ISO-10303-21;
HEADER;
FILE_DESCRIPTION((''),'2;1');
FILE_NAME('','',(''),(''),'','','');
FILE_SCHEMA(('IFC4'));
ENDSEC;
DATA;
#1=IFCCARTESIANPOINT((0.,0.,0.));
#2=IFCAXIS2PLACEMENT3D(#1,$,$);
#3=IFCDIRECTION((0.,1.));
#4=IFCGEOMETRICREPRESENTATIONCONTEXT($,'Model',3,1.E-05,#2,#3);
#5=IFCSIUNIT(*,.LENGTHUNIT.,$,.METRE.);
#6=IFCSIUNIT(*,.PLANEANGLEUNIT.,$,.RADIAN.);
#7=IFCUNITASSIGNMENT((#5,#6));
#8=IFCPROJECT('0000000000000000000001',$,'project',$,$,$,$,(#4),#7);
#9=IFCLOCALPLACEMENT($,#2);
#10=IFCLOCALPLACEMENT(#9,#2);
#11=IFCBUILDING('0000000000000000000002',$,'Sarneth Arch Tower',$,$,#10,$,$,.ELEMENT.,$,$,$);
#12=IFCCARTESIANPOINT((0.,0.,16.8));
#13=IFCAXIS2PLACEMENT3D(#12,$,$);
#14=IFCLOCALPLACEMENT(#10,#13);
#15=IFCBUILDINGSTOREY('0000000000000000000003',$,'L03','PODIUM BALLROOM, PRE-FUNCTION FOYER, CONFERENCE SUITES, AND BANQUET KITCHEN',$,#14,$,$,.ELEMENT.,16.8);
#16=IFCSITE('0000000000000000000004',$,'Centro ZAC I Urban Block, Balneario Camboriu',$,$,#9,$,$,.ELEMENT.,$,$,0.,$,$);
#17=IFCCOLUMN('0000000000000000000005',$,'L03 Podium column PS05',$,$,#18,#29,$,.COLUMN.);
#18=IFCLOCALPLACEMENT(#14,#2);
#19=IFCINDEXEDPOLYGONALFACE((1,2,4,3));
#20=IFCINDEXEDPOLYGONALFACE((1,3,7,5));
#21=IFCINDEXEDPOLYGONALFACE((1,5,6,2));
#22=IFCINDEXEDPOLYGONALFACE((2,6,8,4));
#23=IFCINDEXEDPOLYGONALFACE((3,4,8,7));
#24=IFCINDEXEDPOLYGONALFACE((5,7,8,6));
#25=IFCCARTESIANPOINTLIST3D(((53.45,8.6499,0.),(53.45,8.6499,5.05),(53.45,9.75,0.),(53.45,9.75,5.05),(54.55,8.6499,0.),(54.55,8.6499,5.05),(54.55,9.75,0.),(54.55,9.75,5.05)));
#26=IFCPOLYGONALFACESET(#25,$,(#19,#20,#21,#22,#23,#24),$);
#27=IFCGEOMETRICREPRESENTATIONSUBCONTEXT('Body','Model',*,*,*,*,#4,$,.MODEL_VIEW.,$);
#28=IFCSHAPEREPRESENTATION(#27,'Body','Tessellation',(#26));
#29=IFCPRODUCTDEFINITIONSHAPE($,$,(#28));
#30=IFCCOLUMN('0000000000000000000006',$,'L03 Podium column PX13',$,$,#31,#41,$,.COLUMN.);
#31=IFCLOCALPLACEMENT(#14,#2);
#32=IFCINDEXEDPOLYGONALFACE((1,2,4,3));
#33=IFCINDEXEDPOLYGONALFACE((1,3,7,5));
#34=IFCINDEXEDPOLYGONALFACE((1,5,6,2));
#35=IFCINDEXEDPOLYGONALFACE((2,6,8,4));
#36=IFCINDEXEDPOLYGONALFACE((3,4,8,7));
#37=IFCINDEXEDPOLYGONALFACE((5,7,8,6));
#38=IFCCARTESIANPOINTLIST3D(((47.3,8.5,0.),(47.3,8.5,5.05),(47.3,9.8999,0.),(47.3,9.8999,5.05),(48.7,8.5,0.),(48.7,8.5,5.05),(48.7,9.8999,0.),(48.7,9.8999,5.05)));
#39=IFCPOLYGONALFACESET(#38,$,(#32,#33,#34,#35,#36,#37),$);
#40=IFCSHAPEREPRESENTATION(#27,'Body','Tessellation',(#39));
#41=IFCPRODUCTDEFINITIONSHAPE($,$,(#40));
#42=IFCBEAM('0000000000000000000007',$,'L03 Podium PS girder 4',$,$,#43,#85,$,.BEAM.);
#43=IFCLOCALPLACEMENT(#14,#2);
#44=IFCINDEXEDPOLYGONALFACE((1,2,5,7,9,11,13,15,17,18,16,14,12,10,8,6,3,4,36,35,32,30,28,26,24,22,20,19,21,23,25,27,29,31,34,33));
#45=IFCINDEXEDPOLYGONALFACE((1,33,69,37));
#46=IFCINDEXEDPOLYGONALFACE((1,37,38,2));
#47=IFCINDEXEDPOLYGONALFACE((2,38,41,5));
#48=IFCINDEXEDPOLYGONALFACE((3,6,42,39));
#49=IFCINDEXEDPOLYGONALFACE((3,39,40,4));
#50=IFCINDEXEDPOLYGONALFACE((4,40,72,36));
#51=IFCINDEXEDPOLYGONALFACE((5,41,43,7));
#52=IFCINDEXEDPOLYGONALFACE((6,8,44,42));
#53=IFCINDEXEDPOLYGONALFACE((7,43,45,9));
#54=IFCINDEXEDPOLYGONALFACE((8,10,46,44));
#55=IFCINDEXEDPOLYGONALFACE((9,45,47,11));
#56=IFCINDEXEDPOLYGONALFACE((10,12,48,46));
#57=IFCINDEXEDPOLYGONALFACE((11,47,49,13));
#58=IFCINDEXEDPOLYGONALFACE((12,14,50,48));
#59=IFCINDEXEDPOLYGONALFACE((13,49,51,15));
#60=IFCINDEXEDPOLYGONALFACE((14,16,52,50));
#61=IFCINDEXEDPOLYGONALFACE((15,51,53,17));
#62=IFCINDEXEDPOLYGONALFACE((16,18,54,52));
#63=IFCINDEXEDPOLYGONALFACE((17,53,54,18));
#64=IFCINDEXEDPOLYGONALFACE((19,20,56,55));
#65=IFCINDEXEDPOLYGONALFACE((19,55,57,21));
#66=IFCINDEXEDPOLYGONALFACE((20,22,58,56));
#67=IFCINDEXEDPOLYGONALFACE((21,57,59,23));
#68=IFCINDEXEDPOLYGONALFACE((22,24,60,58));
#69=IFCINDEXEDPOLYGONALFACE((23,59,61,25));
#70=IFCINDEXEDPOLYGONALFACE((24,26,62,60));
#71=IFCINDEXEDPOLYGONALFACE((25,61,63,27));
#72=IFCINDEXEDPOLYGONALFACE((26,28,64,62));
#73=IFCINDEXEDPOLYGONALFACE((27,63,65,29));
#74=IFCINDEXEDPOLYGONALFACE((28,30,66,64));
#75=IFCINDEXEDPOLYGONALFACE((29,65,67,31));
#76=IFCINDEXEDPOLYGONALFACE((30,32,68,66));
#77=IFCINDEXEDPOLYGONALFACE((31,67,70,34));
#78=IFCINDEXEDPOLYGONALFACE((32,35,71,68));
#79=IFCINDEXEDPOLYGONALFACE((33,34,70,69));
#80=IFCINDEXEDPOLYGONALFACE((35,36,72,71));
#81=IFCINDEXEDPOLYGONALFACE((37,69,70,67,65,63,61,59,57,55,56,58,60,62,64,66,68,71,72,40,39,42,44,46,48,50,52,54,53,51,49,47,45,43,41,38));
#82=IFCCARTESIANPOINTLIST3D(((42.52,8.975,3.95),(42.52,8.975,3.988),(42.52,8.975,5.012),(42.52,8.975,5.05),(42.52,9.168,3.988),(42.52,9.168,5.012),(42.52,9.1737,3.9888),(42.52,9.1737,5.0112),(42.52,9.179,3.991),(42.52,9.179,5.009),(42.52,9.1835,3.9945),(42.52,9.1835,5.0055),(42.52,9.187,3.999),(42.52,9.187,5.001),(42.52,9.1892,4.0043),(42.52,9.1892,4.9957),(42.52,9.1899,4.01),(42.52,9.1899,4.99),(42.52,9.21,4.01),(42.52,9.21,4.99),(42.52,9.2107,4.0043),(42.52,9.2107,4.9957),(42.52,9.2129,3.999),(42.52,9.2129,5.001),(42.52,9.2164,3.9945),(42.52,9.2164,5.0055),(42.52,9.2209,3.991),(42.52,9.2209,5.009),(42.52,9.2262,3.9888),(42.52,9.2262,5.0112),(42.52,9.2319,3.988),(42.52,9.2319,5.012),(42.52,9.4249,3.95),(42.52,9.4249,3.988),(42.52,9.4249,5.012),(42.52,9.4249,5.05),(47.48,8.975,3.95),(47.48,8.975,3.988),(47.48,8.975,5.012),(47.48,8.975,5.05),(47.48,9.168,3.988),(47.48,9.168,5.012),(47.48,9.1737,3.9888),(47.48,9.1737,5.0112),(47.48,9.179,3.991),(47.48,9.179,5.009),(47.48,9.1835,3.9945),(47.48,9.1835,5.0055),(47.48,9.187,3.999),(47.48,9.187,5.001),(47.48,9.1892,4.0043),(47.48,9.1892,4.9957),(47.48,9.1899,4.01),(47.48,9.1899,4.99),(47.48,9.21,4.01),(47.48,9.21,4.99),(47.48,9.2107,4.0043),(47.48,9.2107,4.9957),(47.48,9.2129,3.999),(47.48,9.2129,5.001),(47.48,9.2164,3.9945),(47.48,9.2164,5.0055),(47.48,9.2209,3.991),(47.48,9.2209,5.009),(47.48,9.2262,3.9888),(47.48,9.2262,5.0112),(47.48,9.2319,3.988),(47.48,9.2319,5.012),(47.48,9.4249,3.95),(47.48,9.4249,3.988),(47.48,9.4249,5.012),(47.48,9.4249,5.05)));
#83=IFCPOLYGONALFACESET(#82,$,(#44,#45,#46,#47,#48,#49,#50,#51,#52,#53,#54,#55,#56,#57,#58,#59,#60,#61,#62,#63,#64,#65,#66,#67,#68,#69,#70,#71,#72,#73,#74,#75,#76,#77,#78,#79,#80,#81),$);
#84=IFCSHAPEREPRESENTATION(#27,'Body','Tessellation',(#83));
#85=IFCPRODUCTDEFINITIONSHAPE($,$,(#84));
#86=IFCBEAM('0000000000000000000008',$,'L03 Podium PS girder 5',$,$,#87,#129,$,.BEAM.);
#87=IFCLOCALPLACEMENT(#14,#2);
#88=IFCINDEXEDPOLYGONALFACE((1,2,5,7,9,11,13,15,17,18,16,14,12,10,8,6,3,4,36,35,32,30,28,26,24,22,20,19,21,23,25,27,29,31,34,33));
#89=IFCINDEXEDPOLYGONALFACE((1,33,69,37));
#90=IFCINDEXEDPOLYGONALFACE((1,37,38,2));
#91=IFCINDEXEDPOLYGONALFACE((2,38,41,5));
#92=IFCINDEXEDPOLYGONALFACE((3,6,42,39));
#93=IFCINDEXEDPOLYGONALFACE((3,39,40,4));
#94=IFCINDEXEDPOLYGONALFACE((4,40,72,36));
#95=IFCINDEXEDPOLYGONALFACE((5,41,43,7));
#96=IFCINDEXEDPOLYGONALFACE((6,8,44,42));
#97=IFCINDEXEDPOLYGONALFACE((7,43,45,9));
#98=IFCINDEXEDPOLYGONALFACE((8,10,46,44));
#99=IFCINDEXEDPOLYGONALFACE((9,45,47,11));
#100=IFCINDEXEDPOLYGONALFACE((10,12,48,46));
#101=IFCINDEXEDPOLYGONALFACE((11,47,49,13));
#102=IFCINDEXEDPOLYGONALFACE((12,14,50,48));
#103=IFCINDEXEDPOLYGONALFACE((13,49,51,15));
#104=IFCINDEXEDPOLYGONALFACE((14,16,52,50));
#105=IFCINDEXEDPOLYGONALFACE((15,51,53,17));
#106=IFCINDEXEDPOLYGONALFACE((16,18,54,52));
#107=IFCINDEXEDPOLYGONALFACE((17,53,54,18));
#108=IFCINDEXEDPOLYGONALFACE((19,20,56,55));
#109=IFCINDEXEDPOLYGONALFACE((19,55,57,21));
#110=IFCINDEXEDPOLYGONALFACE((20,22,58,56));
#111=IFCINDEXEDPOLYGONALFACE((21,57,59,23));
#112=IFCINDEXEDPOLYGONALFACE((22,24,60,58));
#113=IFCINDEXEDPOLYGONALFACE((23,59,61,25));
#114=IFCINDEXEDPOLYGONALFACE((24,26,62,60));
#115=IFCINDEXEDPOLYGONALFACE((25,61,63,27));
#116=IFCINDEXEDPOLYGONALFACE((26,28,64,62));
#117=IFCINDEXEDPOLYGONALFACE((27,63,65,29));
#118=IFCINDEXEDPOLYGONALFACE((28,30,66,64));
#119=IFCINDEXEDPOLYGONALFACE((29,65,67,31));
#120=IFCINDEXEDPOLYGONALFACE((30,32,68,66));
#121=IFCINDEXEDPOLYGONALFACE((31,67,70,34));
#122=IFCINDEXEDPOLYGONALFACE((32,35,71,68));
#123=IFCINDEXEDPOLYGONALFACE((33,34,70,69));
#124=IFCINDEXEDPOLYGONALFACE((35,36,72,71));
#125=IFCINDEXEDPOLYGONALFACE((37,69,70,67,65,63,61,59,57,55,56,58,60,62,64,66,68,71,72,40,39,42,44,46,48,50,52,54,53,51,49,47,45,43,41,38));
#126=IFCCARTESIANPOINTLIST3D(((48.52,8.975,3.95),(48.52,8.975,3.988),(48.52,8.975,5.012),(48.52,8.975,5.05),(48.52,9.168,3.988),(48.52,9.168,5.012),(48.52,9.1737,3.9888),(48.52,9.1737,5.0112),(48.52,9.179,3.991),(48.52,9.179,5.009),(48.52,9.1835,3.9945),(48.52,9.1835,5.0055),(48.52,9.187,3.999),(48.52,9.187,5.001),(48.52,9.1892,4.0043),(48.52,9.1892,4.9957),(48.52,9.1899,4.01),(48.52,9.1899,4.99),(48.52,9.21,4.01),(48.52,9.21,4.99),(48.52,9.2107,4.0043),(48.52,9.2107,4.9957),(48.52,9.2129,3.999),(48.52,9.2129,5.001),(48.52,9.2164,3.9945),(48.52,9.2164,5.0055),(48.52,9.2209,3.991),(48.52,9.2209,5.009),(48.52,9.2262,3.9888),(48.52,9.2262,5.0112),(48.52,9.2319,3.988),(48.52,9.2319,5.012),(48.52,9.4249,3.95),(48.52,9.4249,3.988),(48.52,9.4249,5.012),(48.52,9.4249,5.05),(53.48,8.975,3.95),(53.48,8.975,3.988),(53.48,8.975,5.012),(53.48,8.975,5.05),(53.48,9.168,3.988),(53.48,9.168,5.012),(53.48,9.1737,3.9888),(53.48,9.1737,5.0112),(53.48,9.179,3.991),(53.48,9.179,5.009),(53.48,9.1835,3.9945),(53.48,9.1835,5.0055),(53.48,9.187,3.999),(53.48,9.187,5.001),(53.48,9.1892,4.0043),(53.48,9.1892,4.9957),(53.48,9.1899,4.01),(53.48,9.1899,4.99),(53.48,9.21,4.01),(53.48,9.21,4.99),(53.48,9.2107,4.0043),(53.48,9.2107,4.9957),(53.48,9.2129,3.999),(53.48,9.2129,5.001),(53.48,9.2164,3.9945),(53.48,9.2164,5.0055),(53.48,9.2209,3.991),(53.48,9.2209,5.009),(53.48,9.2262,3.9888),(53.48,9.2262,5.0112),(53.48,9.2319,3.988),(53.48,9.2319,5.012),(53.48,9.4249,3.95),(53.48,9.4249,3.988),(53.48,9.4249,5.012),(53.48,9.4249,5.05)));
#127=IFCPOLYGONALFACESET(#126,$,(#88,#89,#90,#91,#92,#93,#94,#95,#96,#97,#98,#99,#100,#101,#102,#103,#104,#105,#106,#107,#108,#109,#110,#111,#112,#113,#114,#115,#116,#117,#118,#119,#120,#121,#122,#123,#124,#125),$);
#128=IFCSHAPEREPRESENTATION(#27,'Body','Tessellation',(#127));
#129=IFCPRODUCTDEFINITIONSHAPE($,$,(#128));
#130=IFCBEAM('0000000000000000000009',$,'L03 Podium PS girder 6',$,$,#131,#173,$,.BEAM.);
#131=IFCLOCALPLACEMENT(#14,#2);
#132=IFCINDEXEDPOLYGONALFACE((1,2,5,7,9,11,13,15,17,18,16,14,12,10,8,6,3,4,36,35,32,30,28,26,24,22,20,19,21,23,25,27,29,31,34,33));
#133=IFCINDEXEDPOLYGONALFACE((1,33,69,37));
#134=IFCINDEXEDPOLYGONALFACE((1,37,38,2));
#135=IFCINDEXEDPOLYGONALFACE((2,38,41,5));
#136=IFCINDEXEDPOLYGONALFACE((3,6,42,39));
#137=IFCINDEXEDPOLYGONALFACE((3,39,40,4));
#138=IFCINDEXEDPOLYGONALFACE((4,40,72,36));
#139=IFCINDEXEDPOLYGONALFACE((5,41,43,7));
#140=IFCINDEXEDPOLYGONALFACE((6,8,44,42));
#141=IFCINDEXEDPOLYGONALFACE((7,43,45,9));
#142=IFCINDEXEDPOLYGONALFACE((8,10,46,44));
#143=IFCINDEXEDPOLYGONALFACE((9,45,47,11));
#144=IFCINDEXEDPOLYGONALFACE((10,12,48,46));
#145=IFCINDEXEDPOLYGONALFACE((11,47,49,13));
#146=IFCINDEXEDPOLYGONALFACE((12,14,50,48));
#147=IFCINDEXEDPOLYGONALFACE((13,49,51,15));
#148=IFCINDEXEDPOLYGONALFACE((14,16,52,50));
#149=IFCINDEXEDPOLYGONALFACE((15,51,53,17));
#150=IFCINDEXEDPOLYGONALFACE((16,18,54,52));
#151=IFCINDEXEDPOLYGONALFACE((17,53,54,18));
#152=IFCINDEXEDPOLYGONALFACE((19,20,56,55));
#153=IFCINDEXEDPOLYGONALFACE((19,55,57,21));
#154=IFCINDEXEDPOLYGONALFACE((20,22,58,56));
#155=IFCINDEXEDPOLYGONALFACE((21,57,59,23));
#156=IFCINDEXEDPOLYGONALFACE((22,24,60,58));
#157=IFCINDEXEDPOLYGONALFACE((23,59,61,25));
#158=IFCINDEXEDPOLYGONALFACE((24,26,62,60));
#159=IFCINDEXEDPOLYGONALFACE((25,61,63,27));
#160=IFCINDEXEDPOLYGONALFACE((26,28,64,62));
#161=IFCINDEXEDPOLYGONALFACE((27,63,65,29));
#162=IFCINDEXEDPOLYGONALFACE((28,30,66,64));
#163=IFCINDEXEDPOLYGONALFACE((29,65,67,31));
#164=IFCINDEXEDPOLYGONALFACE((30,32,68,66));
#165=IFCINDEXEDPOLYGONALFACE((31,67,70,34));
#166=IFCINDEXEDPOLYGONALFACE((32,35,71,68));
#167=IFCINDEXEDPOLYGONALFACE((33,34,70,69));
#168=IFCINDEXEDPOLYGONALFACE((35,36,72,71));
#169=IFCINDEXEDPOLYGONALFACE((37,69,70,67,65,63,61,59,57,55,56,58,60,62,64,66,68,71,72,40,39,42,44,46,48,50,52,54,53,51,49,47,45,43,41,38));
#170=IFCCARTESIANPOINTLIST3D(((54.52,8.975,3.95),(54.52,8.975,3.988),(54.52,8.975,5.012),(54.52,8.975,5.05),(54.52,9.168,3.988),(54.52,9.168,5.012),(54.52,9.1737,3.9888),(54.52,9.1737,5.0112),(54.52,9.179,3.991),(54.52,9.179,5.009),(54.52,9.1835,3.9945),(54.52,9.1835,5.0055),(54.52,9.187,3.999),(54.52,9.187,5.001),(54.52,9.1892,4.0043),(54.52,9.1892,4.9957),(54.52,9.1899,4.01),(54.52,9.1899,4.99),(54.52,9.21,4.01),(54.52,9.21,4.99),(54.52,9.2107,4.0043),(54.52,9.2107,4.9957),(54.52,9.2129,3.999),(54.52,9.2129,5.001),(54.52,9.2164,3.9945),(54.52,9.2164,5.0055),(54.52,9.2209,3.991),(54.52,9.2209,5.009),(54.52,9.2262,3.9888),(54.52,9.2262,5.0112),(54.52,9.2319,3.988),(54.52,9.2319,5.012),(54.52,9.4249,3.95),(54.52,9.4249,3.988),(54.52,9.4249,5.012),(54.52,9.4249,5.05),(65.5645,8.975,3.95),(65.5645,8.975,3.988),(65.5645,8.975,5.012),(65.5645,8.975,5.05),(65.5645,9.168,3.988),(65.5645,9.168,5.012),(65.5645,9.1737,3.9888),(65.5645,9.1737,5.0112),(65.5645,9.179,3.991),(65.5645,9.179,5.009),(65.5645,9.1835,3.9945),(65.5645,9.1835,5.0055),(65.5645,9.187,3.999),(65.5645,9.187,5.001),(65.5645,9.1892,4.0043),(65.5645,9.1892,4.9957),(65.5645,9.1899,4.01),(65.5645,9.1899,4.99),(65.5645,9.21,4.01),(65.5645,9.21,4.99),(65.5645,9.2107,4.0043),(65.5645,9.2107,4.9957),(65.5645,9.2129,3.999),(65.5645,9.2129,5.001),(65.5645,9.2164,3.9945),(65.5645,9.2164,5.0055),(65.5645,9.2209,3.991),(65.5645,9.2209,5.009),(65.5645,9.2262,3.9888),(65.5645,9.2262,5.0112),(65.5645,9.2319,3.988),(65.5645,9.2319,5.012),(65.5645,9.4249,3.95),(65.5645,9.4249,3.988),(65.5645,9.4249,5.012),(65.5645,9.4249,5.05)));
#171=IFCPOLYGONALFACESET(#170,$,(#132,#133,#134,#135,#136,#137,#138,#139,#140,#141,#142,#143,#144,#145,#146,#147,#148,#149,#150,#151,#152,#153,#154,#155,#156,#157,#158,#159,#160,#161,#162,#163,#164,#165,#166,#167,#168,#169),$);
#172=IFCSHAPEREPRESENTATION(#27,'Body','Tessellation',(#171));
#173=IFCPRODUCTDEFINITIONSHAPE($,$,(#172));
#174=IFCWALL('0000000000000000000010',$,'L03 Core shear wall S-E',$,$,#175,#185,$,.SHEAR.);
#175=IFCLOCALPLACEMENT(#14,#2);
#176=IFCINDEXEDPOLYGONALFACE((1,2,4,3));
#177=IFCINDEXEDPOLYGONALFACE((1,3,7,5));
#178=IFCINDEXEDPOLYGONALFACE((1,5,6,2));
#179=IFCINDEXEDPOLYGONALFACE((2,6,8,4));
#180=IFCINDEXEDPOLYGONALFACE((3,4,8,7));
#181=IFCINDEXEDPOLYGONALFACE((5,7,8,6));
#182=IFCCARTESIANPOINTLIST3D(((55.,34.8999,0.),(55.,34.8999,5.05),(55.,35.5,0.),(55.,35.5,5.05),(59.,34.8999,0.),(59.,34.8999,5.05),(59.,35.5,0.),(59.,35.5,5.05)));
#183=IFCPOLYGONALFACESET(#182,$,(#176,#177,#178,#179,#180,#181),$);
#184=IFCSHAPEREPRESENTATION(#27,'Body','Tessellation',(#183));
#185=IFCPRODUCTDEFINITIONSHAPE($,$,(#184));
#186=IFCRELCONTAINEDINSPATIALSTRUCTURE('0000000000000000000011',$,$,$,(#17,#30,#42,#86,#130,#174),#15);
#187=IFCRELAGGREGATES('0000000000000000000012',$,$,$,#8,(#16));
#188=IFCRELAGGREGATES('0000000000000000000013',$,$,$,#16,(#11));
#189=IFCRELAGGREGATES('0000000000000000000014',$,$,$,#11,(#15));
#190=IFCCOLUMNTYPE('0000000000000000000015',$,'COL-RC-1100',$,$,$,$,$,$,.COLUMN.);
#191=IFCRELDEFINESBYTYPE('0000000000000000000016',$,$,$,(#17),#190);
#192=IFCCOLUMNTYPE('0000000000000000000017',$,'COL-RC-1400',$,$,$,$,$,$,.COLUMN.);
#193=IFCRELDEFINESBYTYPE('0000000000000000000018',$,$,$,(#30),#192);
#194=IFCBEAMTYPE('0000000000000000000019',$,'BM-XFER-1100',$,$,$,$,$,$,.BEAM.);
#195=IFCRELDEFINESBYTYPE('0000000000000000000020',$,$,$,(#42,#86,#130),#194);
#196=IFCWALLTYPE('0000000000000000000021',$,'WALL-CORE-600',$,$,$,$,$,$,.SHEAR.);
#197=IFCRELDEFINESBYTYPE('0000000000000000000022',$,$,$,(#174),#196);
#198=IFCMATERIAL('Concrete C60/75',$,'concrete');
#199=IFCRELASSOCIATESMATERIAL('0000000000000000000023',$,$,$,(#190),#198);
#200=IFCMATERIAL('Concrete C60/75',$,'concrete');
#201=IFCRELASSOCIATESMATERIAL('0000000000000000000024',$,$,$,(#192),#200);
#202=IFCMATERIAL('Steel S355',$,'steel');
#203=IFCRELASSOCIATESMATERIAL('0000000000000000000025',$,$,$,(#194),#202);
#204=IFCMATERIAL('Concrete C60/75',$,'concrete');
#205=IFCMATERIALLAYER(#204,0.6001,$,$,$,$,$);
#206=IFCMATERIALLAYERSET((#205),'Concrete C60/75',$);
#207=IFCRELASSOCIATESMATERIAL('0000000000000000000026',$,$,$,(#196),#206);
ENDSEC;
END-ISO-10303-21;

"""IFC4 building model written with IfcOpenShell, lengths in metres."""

from ifc_helpers import new_model, si_unit, direction, frame, frame_2d, origin, origin_2d, place, context, subcontext, project, spatial, rectangle, i_section, extrude, material, layer, layer_set, material_profile, profile_set, type_object, element, save


model = new_model("IFC4")

# Units and contexts
model_context = context("Model", 3, precision=1e-05, world=origin(), true_north=direction((0.0, 1.0)))
body_context = subcontext(model_context, "Body", "Model", "MODEL_VIEW")
ifc_project = project(units=[si_unit("LENGTHUNIT", "METRE"), si_unit("PLANEANGLEUNIT", "RADIAN")], contexts=[model_context])

# Site, building, storey
site_placement = place(None, origin())
site = spatial("IfcSite", under=ifc_project, at=site_placement, Name="Centro ZAC I Urban Block, Balneario Camboriu", CompositionType="ELEMENT", RefElevation=0.0)
building_placement = place(site_placement, origin())
building = spatial("IfcBuilding", under=site, at=building_placement, Name="Sarneth Arch Tower", CompositionType="ELEMENT")
storey_placement = place(building_placement, frame((0.0, 0.0, 16.8)))
storey = spatial("IfcBuildingStorey", under=building, at=storey_placement, Name="L03", Description="PODIUM BALLROOM, PRE-FUNCTION FOYER, CONFERENCE SUITES, AND BANQUET KITCHEN", CompositionType="ELEMENT", Elevation=16.8)

# Columns
ifc_material_1 = material(Name="Concrete C60/75", Category="concrete")
ifc_material_profile_1 = material_profile(ifc_material_1, rectangle(XDim=1.1001, YDim=1.1001, at=origin_2d()), Name="RC-1100x1100")
ifc_profile_set_1 = profile_set([ifc_material_profile_1], Name="Concrete C60/75")
column_type_1 = type_object("IfcColumnType", Name="COL-RC-1100", PredefinedType="COLUMN", material=ifc_profile_set_1)
column_1_placement = place(storey_placement, frame((54.0, 9.2, 0.0), z_axis=(0.0, 0.0, 1.0), x_axis=(1.0, 0.0, 0.0)))
element("IfcColumn", 1, at=column_1_placement, inside=storey, type_object=column_type_1, Name="L03 Podium column PS05", PredefinedType="COLUMN", context=body_context, shape_type="SweptSolid", body=[
    extrude(rectangle(XDim=1.1001, YDim=1.1001, at=origin_2d()), origin(), (0.0, 0.0, 1.0), 5.05),
])
ifc_material_2 = material(Name="Concrete C60/75", Category="concrete")
ifc_material_profile_2 = material_profile(ifc_material_2, rectangle(XDim=1.3999, YDim=1.3999, at=origin_2d()), Name="RC-1400x1400")
ifc_profile_set_2 = profile_set([ifc_material_profile_2], Name="Concrete C60/75")
column_type_2 = type_object("IfcColumnType", Name="COL-RC-1400", PredefinedType="COLUMN", material=ifc_profile_set_2)
column_2_placement = place(storey_placement, frame((48.0, 9.2, 0.0), z_axis=(0.0, 0.0, 1.0), x_axis=(1.0, 0.0, 0.0)))
element("IfcColumn", 2, at=column_2_placement, inside=storey, type_object=column_type_2, Name="L03 Podium column PX13", PredefinedType="COLUMN", context=body_context, shape_type="SweptSolid", body=[
    extrude(rectangle(XDim=1.3999, YDim=1.3999, at=origin_2d()), origin(), (0.0, 0.0, 1.0), 5.05),
])

# Beams
ifc_material_3 = material(Name="Steel S355", Category="steel")
ifc_material_profile_3 = material_profile(ifc_material_3, i_section(OverallWidth=0.45, OverallDepth=1.1001, WebThickness=0.02, FlangeThickness=0.0381, FilletRadius=0.022, at=origin_2d()), Name="CVS1100x456")
ifc_profile_set_3 = profile_set([ifc_material_profile_3], Name="Steel S355")
beam_type = type_object("IfcBeamType", Name="BM-XFER-1100", PredefinedType="BEAM", material=ifc_profile_set_3)
for number, where, z_axis, x_axis, name in (
    (3, (42.52, 9.2, 4.5), (1.0, 0.0, 0.0), (0.0, 1.0, 0.0), "L03 Podium PS girder 4"),
    (4, (48.52, 9.2, 4.5), (1.0, 0.0, 0.0), (0.0, 1.0, 0.0), "L03 Podium PS girder 5"),
):
    element("IfcBeam", number, at=place(storey_placement, frame(where, z_axis=z_axis, x_axis=x_axis)), inside=storey, type_object=beam_type, Name=name, PredefinedType="BEAM", context=body_context, shape_type="SweptSolid", body=[
        extrude(i_section(OverallWidth=0.45, OverallDepth=1.1001, WebThickness=0.02, FlangeThickness=0.0381, FilletRadius=0.022, at=origin_2d()), origin(), (0.0, 0.0, 1.0), 4.96),
    ])
beam_placement = place(storey_placement, frame((54.52, 9.2, 4.5), z_axis=(1.0, 0.0, 0.0), x_axis=(0.0, 1.0, 0.0)))
element("IfcBeam", 5, at=beam_placement, inside=storey, type_object=beam_type, Name="L03 Podium PS girder 6", PredefinedType="BEAM", context=body_context, shape_type="SweptSolid", body=[
    extrude(i_section(OverallWidth=0.45, OverallDepth=1.1001, WebThickness=0.02, FlangeThickness=0.0381, FilletRadius=0.022, at=origin_2d()), origin(), (0.0, 0.0, 1.0), 11.0444),
])

# Wall
ifc_material_4 = material(Name="Concrete C60/75", Category="concrete")
ifc_layer_1 = layer(ifc_material_4, 0.6001)
ifc_layer_set_1 = layer_set([ifc_layer_1], Name="Concrete C60/75")
wall_type_1 = type_object("IfcWallType", Name="WALL-CORE-600", PredefinedType="SHEAR", material=ifc_layer_set_1)
wall_1_placement = place(storey_placement, frame((55.0, 35.2, 0.0), z_axis=(0.0, 0.0, 1.0), x_axis=(1.0, 0.0, 0.0)))
element("IfcWall", 6, at=wall_1_placement, inside=storey, type_object=wall_type_1, Name="L03 Core shear wall S-E", PredefinedType="SHEAR", context=body_context, shape_type="SweptSolid", body=[
    extrude(rectangle(XDim=4.0, YDim=0.6001, at=frame_2d((2.0, 0.0))), origin(), (0.0, 0.0, 1.0), 5.05),
])

save(model, "model.ifc")
